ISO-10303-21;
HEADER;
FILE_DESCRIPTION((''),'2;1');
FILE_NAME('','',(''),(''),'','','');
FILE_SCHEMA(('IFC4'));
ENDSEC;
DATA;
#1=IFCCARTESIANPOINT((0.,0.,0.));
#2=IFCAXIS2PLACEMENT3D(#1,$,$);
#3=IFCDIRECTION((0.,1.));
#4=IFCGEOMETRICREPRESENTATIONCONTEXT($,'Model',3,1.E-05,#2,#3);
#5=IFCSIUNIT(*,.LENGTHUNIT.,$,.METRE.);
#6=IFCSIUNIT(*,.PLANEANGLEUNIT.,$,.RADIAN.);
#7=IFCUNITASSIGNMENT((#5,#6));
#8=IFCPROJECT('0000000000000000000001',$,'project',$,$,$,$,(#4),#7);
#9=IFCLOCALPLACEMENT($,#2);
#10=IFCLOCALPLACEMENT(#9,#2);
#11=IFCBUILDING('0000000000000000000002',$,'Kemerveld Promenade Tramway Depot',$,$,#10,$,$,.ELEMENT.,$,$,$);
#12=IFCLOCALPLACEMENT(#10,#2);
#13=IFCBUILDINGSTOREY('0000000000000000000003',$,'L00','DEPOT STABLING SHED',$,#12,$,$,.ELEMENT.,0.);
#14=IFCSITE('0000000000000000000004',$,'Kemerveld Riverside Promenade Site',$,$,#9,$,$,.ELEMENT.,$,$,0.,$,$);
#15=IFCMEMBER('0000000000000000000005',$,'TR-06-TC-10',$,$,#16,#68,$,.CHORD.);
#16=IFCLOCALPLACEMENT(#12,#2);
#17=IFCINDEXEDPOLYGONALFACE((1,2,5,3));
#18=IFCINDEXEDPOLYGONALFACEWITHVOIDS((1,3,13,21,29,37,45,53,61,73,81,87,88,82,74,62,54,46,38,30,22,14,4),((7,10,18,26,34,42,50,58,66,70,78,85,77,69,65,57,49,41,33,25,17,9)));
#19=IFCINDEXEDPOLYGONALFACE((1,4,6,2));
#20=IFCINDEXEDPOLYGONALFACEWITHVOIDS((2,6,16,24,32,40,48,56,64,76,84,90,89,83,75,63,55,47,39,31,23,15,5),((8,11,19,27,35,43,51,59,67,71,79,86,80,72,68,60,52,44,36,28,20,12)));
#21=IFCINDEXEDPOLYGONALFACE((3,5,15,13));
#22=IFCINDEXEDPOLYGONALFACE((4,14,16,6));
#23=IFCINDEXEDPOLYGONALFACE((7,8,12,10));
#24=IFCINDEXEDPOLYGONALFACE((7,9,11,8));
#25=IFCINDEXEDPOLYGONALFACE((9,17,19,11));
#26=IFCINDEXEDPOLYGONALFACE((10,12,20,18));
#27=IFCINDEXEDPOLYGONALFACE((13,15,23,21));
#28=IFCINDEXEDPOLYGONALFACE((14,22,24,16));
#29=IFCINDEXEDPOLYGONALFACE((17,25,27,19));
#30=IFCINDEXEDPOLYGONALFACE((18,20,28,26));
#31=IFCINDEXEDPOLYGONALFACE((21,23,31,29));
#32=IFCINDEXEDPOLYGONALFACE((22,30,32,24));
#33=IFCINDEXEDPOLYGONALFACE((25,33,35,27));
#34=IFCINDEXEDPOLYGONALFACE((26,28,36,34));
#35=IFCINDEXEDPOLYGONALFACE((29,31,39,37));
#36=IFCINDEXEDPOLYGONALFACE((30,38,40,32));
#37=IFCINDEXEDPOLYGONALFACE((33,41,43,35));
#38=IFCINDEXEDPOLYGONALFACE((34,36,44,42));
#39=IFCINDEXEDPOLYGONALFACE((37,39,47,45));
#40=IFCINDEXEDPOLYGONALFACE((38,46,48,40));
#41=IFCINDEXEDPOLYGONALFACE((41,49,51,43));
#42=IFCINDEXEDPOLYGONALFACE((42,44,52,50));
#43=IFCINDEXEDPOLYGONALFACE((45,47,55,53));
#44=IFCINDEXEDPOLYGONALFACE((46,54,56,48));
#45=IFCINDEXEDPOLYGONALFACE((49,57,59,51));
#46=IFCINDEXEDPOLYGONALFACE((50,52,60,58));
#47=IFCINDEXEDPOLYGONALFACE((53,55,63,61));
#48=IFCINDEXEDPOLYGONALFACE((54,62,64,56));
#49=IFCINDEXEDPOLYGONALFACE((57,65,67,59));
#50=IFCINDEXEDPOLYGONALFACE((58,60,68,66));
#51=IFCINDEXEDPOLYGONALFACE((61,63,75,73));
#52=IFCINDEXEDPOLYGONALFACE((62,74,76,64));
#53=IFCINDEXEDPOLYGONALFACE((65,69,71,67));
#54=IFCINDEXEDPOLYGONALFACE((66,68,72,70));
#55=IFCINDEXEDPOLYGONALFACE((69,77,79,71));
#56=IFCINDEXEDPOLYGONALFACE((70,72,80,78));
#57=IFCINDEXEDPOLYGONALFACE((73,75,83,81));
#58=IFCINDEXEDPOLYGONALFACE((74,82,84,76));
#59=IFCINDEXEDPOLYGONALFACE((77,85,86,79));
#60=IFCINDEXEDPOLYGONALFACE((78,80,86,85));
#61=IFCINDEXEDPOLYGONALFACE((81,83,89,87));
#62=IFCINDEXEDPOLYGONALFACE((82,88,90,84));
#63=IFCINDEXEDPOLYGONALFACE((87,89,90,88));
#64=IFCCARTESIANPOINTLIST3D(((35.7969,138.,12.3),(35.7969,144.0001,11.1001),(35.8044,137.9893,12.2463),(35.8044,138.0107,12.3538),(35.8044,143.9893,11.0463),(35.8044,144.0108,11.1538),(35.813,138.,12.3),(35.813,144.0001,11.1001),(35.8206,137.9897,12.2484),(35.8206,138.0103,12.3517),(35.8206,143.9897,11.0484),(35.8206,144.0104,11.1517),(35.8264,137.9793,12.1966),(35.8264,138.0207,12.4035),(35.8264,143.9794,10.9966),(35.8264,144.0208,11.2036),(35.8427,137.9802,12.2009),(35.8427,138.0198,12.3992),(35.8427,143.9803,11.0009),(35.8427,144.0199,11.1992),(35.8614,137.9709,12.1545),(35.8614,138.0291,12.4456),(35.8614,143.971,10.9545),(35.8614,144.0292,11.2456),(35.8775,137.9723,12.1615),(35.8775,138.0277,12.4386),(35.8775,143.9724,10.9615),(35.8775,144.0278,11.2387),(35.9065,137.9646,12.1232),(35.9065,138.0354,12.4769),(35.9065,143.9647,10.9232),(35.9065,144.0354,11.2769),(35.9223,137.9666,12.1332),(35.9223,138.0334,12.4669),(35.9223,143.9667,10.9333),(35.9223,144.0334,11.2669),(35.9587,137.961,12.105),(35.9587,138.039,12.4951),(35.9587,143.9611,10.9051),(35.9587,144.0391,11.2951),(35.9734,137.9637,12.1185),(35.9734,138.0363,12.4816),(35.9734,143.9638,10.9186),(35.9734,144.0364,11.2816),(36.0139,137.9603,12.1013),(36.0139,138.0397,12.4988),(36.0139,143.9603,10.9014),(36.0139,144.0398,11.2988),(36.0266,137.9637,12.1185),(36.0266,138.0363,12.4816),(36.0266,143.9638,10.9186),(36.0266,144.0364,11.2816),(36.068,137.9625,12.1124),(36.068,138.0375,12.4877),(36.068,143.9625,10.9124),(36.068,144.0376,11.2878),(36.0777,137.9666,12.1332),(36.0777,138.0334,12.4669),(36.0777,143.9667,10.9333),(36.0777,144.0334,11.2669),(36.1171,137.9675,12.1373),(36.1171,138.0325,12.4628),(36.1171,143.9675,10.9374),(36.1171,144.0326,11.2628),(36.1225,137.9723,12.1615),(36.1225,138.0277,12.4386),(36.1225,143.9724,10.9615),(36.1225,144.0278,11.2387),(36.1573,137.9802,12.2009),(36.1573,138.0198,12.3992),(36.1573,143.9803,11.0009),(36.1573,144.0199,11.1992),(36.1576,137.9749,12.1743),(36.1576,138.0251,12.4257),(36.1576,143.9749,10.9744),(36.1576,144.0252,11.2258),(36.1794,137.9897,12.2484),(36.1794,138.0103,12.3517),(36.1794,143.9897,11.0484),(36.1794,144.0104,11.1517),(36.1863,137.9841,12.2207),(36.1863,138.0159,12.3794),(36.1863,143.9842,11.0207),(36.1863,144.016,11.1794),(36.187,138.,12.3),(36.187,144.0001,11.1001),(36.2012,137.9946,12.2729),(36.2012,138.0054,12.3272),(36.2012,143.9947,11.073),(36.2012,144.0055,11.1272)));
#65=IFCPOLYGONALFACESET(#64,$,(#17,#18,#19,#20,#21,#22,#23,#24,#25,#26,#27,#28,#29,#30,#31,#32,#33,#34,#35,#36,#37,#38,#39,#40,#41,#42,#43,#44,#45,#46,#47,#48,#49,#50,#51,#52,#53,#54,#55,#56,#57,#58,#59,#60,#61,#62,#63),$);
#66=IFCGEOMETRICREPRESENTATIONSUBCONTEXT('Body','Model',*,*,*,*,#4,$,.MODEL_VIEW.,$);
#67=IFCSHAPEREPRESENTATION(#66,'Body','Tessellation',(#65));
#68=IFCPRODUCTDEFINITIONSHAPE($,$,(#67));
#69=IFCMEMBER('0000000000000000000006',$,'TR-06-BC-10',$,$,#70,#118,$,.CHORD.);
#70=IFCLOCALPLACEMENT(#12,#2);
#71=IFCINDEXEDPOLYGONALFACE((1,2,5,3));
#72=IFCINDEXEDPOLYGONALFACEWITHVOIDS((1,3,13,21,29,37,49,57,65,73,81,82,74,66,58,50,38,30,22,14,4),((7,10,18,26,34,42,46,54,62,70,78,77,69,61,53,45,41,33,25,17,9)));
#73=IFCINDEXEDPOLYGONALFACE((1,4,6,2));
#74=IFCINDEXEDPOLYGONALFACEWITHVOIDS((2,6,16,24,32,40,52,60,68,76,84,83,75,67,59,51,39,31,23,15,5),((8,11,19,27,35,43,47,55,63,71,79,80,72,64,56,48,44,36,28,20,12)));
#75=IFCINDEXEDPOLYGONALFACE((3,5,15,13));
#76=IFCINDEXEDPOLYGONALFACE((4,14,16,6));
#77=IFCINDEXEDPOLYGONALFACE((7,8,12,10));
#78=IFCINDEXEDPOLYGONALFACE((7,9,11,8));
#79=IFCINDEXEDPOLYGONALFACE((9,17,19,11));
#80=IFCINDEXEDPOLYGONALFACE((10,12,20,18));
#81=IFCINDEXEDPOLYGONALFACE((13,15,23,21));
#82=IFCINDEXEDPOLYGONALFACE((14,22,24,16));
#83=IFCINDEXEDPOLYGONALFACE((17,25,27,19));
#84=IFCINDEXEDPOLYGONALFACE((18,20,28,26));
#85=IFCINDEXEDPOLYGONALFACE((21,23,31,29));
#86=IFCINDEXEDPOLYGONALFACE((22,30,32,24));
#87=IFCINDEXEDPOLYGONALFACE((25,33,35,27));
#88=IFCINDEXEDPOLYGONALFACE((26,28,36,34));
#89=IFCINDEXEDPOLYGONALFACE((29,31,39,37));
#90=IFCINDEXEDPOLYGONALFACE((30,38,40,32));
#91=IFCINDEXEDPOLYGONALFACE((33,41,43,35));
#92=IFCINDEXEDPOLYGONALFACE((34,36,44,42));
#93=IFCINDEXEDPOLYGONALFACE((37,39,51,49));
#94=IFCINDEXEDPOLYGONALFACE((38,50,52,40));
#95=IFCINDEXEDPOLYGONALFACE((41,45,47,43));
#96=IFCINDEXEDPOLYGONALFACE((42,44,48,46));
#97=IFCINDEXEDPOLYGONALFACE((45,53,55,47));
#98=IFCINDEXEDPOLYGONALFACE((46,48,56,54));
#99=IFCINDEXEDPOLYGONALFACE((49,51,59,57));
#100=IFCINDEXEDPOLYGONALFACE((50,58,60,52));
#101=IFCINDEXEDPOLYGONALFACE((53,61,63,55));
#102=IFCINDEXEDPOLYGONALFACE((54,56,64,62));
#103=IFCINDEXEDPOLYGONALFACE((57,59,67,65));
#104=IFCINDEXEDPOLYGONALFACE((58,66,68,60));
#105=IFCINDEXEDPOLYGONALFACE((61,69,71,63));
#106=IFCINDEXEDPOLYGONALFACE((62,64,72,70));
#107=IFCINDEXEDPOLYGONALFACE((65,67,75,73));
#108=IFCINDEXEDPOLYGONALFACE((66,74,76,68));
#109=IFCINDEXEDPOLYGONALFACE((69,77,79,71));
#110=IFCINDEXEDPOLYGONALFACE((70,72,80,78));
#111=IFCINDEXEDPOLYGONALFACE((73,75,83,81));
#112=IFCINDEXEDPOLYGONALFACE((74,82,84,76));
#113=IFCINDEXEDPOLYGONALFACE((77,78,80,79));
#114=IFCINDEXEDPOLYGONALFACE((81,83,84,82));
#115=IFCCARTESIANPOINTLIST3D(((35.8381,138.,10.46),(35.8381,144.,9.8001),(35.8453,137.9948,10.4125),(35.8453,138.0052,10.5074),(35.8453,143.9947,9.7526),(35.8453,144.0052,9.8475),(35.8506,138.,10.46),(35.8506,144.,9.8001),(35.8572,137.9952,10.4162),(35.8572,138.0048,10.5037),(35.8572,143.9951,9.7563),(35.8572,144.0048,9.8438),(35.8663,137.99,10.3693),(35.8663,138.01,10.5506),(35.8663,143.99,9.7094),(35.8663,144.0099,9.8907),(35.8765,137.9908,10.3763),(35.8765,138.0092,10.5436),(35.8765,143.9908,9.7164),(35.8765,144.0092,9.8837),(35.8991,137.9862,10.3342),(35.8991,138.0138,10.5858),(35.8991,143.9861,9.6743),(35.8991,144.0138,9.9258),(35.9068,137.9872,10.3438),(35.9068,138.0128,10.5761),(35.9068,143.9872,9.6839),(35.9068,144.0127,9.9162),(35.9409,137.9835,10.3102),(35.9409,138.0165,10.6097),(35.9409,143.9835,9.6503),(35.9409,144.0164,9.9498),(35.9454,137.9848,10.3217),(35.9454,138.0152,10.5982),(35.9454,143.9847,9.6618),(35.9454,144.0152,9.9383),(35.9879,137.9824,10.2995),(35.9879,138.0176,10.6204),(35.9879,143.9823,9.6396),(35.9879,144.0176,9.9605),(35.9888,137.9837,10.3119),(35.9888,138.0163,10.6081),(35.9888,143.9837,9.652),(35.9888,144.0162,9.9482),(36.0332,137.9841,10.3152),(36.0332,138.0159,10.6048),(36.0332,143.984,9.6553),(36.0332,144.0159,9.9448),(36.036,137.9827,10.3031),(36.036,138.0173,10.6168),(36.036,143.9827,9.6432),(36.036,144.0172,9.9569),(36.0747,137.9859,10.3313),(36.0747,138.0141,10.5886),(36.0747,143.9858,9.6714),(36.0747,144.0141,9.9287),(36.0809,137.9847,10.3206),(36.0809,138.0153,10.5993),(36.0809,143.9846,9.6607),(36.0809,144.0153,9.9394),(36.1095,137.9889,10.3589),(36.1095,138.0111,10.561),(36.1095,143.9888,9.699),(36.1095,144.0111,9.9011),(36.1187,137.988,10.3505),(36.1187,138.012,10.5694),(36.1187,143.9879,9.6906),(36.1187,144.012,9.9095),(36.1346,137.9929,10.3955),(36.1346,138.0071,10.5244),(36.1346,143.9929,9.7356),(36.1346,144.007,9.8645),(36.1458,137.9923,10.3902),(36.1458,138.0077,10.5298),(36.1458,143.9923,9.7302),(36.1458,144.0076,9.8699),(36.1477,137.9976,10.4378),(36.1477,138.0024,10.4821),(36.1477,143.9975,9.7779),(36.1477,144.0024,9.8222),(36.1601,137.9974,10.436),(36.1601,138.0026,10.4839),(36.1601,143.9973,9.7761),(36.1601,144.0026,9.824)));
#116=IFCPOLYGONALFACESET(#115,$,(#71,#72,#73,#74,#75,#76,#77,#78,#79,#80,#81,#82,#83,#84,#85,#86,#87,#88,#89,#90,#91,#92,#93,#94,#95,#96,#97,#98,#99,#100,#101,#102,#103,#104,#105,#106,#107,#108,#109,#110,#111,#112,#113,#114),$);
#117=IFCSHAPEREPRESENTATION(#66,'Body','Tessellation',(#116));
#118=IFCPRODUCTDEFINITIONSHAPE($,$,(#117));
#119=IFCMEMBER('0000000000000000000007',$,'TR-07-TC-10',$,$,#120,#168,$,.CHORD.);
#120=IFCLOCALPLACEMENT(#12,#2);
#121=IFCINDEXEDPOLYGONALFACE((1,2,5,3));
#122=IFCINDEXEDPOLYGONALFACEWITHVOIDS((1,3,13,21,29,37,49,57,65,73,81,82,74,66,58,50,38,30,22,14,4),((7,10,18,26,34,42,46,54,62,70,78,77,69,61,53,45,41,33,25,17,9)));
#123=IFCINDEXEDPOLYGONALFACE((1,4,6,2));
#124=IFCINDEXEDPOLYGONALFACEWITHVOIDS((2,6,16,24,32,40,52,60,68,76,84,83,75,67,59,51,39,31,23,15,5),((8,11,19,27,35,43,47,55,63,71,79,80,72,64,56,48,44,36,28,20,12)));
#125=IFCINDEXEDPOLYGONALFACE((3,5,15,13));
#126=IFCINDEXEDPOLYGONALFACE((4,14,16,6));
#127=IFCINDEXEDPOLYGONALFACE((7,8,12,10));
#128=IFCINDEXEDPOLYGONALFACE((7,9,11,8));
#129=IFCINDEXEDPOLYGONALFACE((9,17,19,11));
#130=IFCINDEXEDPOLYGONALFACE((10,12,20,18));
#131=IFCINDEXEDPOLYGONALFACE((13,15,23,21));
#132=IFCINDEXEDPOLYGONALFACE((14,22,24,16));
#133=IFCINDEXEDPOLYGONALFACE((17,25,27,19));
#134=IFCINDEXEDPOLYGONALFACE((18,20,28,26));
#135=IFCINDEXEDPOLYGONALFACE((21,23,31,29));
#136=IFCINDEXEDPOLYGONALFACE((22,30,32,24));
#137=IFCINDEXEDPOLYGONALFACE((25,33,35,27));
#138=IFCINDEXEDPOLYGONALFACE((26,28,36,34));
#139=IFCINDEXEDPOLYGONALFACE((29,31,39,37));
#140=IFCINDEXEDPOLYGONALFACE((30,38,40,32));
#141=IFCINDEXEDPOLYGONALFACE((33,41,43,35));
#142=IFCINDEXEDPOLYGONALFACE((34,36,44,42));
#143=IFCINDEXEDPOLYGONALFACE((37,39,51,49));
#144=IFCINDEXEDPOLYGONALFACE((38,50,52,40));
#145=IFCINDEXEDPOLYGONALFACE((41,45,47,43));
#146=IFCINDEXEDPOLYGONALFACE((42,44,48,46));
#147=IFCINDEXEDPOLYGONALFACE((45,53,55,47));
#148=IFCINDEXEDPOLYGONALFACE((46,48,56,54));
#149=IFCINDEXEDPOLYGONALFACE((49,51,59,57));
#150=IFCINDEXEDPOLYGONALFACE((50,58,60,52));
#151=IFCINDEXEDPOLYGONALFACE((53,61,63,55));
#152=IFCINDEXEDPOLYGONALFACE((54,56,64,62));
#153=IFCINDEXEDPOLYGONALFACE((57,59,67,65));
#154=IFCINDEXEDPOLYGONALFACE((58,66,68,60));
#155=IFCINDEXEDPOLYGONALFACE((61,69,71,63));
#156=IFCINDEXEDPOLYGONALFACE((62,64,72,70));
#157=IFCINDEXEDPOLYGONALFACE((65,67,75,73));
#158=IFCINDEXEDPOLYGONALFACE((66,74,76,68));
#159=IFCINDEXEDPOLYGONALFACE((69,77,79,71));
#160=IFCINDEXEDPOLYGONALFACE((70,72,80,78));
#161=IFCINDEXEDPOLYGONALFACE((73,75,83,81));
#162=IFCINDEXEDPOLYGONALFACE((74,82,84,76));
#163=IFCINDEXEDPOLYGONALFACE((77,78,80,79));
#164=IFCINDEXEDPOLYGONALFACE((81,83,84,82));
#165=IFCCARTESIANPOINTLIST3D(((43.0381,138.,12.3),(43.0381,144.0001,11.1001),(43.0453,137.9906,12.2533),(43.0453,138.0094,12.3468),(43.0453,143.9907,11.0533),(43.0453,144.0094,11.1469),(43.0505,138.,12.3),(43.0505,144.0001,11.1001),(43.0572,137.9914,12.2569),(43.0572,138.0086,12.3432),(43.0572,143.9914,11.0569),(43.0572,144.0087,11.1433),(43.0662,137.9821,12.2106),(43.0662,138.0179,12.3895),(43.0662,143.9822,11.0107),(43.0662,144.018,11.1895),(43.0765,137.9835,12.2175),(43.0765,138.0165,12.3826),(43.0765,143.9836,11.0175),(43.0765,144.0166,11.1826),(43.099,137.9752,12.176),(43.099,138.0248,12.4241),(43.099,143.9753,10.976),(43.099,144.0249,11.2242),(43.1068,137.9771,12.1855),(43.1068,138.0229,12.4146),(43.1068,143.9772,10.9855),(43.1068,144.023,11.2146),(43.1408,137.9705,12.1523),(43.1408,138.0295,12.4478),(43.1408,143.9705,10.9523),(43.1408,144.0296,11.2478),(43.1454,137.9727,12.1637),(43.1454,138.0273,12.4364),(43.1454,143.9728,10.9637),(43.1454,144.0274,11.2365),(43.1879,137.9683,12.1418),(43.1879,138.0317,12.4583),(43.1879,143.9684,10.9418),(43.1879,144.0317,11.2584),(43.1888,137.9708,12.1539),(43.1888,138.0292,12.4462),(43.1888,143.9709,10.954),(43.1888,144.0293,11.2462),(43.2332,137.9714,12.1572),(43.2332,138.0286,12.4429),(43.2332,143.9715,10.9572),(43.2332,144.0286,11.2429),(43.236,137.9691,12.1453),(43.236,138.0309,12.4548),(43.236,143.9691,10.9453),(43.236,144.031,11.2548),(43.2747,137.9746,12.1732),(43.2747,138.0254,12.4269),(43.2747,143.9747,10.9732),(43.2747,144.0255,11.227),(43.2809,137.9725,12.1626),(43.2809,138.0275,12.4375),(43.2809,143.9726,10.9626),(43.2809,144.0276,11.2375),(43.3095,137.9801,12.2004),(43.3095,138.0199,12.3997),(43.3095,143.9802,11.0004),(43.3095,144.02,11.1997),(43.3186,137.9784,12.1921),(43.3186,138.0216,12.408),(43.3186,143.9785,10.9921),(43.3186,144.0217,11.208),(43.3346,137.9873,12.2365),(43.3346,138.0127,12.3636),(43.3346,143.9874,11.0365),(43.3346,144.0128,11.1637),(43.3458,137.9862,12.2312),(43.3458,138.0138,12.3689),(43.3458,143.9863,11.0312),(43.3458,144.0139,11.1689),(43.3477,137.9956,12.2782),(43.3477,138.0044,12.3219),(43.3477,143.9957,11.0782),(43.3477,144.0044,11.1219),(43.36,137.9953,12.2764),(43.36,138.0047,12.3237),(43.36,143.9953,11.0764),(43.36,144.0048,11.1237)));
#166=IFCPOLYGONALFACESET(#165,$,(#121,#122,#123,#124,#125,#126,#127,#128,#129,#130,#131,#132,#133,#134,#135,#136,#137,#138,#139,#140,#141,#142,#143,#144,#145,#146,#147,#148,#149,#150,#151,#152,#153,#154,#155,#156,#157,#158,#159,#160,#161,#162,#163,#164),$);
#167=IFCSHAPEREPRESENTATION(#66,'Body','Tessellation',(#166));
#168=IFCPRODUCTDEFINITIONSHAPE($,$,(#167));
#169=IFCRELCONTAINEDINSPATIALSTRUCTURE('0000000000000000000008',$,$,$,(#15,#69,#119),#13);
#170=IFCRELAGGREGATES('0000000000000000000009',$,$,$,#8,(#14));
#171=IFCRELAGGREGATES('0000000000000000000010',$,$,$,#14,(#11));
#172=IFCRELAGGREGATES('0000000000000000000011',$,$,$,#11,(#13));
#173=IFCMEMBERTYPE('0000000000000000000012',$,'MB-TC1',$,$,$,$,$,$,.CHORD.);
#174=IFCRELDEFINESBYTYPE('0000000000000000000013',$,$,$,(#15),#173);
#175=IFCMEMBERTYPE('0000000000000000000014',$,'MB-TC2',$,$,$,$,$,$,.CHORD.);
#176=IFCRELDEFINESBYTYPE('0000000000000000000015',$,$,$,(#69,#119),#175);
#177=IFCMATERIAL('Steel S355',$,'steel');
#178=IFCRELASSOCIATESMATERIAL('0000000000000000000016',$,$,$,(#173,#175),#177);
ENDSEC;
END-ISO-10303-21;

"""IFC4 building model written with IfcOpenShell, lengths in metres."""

from ifc_helpers import new_model, si_unit, direction, frame, origin, origin_2d, place, context, subcontext, project, spatial, hollow_circle, extrude, material, material_profile, profile_set, type_object, element, save


model = new_model("IFC4")

# Units and contexts
model_context = context("Model", 3, precision=1e-05, world=origin(), true_north=direction((0.0, 1.0)))
body_context = subcontext(model_context, "Body", "Model", "MODEL_VIEW")
ifc_project = project(units=[si_unit("LENGTHUNIT", "METRE"), si_unit("PLANEANGLEUNIT", "RADIAN")], contexts=[model_context])

# Site, building, storey
site_placement = place(None, origin())
site = spatial("IfcSite", under=ifc_project, at=site_placement, Name="Kemerveld Riverside Promenade Site", CompositionType="ELEMENT", RefElevation=0.0)
building_placement = place(site_placement, origin())
building = spatial("IfcBuilding", under=site, at=building_placement, Name="Kemerveld Promenade Tramway Depot", CompositionType="ELEMENT")
storey_placement = place(building_placement, origin())
storey = spatial("IfcBuildingStorey", under=building, at=storey_placement, Name="L00", Description="DEPOT STABLING SHED", CompositionType="ELEMENT", Elevation=0.0)

# Members
ifc_material_1 = material(Name="Steel S355", Category="steel")
ifc_material_profile_1 = material_profile(ifc_material_1, hollow_circle(Radius=0.2031, WallThickness=0.0161, at=origin_2d()), Name="406.4x16.0 CHS")
ifc_profile_set_1 = profile_set([ifc_material_profile_1], Name="Steel S355")
member_type_1 = type_object("IfcMemberType", Name="MB-TC1", PredefinedType="CHORD", material=ifc_profile_set_1)
member_1_placement = place(storey_placement, frame((36.0, 138.0, 12.3), z_axis=(0.0, 0.980582, -0.196108), x_axis=(-1.0, 0.0, 0.0)))
element("IfcMember", 1, at=member_1_placement, inside=storey, type_object=member_type_1, Name="TR-06-TC-10", PredefinedType="CHORD", context=body_context, shape_type="SweptSolid", body=[
    extrude(hollow_circle(Radius=0.2031, WallThickness=0.0161, at=origin_2d()), origin(), (0.0, 0.0, 1.0), 6.1189),
])
ifc_material_profile_2 = material_profile(ifc_material_1, hollow_circle(Radius=0.1619, WallThickness=0.0125, at=origin_2d()), Name="323.9x12.5 CHS")
ifc_profile_set_2 = profile_set([ifc_material_profile_2], Name="Steel S355")
member_type_2 = type_object("IfcMemberType", Name="MB-TC2", PredefinedType="CHORD", material=ifc_profile_set_2)
member_2_placement = place(storey_placement, frame((36.0, 138.0, 10.46), z_axis=(0.0, 0.994006, -0.109326), x_axis=(-1.0, 0.0, 0.0)))
element("IfcMember", 2, at=member_2_placement, inside=storey, type_object=member_type_2, Name="TR-06-BC-10", PredefinedType="CHORD", context=body_context, shape_type="SweptSolid", body=[
    extrude(hollow_circle(Radius=0.1619, WallThickness=0.0125, at=origin_2d()), origin(), (0.0, 0.0, 1.0), 6.0361),
])
for number, where, z_axis, x_axis, name in (
    (3, (43.2, 138.0, 12.3), (0.0, 0.980582, -0.196108), (-1.0, 0.0, 0.0), "TR-07-TC-10"),
):
    element("IfcMember", number, at=place(storey_placement, frame(where, z_axis=z_axis, x_axis=x_axis)), inside=storey, type_object=member_type_2, Name=name, PredefinedType="CHORD", context=body_context, shape_type="SweptSolid", body=[
        extrude(hollow_circle(Radius=0.1619, WallThickness=0.0125, at=origin_2d()), origin(), (0.0, 0.0, 1.0), 6.1189),
    ])

save(model, "model.ifc")
